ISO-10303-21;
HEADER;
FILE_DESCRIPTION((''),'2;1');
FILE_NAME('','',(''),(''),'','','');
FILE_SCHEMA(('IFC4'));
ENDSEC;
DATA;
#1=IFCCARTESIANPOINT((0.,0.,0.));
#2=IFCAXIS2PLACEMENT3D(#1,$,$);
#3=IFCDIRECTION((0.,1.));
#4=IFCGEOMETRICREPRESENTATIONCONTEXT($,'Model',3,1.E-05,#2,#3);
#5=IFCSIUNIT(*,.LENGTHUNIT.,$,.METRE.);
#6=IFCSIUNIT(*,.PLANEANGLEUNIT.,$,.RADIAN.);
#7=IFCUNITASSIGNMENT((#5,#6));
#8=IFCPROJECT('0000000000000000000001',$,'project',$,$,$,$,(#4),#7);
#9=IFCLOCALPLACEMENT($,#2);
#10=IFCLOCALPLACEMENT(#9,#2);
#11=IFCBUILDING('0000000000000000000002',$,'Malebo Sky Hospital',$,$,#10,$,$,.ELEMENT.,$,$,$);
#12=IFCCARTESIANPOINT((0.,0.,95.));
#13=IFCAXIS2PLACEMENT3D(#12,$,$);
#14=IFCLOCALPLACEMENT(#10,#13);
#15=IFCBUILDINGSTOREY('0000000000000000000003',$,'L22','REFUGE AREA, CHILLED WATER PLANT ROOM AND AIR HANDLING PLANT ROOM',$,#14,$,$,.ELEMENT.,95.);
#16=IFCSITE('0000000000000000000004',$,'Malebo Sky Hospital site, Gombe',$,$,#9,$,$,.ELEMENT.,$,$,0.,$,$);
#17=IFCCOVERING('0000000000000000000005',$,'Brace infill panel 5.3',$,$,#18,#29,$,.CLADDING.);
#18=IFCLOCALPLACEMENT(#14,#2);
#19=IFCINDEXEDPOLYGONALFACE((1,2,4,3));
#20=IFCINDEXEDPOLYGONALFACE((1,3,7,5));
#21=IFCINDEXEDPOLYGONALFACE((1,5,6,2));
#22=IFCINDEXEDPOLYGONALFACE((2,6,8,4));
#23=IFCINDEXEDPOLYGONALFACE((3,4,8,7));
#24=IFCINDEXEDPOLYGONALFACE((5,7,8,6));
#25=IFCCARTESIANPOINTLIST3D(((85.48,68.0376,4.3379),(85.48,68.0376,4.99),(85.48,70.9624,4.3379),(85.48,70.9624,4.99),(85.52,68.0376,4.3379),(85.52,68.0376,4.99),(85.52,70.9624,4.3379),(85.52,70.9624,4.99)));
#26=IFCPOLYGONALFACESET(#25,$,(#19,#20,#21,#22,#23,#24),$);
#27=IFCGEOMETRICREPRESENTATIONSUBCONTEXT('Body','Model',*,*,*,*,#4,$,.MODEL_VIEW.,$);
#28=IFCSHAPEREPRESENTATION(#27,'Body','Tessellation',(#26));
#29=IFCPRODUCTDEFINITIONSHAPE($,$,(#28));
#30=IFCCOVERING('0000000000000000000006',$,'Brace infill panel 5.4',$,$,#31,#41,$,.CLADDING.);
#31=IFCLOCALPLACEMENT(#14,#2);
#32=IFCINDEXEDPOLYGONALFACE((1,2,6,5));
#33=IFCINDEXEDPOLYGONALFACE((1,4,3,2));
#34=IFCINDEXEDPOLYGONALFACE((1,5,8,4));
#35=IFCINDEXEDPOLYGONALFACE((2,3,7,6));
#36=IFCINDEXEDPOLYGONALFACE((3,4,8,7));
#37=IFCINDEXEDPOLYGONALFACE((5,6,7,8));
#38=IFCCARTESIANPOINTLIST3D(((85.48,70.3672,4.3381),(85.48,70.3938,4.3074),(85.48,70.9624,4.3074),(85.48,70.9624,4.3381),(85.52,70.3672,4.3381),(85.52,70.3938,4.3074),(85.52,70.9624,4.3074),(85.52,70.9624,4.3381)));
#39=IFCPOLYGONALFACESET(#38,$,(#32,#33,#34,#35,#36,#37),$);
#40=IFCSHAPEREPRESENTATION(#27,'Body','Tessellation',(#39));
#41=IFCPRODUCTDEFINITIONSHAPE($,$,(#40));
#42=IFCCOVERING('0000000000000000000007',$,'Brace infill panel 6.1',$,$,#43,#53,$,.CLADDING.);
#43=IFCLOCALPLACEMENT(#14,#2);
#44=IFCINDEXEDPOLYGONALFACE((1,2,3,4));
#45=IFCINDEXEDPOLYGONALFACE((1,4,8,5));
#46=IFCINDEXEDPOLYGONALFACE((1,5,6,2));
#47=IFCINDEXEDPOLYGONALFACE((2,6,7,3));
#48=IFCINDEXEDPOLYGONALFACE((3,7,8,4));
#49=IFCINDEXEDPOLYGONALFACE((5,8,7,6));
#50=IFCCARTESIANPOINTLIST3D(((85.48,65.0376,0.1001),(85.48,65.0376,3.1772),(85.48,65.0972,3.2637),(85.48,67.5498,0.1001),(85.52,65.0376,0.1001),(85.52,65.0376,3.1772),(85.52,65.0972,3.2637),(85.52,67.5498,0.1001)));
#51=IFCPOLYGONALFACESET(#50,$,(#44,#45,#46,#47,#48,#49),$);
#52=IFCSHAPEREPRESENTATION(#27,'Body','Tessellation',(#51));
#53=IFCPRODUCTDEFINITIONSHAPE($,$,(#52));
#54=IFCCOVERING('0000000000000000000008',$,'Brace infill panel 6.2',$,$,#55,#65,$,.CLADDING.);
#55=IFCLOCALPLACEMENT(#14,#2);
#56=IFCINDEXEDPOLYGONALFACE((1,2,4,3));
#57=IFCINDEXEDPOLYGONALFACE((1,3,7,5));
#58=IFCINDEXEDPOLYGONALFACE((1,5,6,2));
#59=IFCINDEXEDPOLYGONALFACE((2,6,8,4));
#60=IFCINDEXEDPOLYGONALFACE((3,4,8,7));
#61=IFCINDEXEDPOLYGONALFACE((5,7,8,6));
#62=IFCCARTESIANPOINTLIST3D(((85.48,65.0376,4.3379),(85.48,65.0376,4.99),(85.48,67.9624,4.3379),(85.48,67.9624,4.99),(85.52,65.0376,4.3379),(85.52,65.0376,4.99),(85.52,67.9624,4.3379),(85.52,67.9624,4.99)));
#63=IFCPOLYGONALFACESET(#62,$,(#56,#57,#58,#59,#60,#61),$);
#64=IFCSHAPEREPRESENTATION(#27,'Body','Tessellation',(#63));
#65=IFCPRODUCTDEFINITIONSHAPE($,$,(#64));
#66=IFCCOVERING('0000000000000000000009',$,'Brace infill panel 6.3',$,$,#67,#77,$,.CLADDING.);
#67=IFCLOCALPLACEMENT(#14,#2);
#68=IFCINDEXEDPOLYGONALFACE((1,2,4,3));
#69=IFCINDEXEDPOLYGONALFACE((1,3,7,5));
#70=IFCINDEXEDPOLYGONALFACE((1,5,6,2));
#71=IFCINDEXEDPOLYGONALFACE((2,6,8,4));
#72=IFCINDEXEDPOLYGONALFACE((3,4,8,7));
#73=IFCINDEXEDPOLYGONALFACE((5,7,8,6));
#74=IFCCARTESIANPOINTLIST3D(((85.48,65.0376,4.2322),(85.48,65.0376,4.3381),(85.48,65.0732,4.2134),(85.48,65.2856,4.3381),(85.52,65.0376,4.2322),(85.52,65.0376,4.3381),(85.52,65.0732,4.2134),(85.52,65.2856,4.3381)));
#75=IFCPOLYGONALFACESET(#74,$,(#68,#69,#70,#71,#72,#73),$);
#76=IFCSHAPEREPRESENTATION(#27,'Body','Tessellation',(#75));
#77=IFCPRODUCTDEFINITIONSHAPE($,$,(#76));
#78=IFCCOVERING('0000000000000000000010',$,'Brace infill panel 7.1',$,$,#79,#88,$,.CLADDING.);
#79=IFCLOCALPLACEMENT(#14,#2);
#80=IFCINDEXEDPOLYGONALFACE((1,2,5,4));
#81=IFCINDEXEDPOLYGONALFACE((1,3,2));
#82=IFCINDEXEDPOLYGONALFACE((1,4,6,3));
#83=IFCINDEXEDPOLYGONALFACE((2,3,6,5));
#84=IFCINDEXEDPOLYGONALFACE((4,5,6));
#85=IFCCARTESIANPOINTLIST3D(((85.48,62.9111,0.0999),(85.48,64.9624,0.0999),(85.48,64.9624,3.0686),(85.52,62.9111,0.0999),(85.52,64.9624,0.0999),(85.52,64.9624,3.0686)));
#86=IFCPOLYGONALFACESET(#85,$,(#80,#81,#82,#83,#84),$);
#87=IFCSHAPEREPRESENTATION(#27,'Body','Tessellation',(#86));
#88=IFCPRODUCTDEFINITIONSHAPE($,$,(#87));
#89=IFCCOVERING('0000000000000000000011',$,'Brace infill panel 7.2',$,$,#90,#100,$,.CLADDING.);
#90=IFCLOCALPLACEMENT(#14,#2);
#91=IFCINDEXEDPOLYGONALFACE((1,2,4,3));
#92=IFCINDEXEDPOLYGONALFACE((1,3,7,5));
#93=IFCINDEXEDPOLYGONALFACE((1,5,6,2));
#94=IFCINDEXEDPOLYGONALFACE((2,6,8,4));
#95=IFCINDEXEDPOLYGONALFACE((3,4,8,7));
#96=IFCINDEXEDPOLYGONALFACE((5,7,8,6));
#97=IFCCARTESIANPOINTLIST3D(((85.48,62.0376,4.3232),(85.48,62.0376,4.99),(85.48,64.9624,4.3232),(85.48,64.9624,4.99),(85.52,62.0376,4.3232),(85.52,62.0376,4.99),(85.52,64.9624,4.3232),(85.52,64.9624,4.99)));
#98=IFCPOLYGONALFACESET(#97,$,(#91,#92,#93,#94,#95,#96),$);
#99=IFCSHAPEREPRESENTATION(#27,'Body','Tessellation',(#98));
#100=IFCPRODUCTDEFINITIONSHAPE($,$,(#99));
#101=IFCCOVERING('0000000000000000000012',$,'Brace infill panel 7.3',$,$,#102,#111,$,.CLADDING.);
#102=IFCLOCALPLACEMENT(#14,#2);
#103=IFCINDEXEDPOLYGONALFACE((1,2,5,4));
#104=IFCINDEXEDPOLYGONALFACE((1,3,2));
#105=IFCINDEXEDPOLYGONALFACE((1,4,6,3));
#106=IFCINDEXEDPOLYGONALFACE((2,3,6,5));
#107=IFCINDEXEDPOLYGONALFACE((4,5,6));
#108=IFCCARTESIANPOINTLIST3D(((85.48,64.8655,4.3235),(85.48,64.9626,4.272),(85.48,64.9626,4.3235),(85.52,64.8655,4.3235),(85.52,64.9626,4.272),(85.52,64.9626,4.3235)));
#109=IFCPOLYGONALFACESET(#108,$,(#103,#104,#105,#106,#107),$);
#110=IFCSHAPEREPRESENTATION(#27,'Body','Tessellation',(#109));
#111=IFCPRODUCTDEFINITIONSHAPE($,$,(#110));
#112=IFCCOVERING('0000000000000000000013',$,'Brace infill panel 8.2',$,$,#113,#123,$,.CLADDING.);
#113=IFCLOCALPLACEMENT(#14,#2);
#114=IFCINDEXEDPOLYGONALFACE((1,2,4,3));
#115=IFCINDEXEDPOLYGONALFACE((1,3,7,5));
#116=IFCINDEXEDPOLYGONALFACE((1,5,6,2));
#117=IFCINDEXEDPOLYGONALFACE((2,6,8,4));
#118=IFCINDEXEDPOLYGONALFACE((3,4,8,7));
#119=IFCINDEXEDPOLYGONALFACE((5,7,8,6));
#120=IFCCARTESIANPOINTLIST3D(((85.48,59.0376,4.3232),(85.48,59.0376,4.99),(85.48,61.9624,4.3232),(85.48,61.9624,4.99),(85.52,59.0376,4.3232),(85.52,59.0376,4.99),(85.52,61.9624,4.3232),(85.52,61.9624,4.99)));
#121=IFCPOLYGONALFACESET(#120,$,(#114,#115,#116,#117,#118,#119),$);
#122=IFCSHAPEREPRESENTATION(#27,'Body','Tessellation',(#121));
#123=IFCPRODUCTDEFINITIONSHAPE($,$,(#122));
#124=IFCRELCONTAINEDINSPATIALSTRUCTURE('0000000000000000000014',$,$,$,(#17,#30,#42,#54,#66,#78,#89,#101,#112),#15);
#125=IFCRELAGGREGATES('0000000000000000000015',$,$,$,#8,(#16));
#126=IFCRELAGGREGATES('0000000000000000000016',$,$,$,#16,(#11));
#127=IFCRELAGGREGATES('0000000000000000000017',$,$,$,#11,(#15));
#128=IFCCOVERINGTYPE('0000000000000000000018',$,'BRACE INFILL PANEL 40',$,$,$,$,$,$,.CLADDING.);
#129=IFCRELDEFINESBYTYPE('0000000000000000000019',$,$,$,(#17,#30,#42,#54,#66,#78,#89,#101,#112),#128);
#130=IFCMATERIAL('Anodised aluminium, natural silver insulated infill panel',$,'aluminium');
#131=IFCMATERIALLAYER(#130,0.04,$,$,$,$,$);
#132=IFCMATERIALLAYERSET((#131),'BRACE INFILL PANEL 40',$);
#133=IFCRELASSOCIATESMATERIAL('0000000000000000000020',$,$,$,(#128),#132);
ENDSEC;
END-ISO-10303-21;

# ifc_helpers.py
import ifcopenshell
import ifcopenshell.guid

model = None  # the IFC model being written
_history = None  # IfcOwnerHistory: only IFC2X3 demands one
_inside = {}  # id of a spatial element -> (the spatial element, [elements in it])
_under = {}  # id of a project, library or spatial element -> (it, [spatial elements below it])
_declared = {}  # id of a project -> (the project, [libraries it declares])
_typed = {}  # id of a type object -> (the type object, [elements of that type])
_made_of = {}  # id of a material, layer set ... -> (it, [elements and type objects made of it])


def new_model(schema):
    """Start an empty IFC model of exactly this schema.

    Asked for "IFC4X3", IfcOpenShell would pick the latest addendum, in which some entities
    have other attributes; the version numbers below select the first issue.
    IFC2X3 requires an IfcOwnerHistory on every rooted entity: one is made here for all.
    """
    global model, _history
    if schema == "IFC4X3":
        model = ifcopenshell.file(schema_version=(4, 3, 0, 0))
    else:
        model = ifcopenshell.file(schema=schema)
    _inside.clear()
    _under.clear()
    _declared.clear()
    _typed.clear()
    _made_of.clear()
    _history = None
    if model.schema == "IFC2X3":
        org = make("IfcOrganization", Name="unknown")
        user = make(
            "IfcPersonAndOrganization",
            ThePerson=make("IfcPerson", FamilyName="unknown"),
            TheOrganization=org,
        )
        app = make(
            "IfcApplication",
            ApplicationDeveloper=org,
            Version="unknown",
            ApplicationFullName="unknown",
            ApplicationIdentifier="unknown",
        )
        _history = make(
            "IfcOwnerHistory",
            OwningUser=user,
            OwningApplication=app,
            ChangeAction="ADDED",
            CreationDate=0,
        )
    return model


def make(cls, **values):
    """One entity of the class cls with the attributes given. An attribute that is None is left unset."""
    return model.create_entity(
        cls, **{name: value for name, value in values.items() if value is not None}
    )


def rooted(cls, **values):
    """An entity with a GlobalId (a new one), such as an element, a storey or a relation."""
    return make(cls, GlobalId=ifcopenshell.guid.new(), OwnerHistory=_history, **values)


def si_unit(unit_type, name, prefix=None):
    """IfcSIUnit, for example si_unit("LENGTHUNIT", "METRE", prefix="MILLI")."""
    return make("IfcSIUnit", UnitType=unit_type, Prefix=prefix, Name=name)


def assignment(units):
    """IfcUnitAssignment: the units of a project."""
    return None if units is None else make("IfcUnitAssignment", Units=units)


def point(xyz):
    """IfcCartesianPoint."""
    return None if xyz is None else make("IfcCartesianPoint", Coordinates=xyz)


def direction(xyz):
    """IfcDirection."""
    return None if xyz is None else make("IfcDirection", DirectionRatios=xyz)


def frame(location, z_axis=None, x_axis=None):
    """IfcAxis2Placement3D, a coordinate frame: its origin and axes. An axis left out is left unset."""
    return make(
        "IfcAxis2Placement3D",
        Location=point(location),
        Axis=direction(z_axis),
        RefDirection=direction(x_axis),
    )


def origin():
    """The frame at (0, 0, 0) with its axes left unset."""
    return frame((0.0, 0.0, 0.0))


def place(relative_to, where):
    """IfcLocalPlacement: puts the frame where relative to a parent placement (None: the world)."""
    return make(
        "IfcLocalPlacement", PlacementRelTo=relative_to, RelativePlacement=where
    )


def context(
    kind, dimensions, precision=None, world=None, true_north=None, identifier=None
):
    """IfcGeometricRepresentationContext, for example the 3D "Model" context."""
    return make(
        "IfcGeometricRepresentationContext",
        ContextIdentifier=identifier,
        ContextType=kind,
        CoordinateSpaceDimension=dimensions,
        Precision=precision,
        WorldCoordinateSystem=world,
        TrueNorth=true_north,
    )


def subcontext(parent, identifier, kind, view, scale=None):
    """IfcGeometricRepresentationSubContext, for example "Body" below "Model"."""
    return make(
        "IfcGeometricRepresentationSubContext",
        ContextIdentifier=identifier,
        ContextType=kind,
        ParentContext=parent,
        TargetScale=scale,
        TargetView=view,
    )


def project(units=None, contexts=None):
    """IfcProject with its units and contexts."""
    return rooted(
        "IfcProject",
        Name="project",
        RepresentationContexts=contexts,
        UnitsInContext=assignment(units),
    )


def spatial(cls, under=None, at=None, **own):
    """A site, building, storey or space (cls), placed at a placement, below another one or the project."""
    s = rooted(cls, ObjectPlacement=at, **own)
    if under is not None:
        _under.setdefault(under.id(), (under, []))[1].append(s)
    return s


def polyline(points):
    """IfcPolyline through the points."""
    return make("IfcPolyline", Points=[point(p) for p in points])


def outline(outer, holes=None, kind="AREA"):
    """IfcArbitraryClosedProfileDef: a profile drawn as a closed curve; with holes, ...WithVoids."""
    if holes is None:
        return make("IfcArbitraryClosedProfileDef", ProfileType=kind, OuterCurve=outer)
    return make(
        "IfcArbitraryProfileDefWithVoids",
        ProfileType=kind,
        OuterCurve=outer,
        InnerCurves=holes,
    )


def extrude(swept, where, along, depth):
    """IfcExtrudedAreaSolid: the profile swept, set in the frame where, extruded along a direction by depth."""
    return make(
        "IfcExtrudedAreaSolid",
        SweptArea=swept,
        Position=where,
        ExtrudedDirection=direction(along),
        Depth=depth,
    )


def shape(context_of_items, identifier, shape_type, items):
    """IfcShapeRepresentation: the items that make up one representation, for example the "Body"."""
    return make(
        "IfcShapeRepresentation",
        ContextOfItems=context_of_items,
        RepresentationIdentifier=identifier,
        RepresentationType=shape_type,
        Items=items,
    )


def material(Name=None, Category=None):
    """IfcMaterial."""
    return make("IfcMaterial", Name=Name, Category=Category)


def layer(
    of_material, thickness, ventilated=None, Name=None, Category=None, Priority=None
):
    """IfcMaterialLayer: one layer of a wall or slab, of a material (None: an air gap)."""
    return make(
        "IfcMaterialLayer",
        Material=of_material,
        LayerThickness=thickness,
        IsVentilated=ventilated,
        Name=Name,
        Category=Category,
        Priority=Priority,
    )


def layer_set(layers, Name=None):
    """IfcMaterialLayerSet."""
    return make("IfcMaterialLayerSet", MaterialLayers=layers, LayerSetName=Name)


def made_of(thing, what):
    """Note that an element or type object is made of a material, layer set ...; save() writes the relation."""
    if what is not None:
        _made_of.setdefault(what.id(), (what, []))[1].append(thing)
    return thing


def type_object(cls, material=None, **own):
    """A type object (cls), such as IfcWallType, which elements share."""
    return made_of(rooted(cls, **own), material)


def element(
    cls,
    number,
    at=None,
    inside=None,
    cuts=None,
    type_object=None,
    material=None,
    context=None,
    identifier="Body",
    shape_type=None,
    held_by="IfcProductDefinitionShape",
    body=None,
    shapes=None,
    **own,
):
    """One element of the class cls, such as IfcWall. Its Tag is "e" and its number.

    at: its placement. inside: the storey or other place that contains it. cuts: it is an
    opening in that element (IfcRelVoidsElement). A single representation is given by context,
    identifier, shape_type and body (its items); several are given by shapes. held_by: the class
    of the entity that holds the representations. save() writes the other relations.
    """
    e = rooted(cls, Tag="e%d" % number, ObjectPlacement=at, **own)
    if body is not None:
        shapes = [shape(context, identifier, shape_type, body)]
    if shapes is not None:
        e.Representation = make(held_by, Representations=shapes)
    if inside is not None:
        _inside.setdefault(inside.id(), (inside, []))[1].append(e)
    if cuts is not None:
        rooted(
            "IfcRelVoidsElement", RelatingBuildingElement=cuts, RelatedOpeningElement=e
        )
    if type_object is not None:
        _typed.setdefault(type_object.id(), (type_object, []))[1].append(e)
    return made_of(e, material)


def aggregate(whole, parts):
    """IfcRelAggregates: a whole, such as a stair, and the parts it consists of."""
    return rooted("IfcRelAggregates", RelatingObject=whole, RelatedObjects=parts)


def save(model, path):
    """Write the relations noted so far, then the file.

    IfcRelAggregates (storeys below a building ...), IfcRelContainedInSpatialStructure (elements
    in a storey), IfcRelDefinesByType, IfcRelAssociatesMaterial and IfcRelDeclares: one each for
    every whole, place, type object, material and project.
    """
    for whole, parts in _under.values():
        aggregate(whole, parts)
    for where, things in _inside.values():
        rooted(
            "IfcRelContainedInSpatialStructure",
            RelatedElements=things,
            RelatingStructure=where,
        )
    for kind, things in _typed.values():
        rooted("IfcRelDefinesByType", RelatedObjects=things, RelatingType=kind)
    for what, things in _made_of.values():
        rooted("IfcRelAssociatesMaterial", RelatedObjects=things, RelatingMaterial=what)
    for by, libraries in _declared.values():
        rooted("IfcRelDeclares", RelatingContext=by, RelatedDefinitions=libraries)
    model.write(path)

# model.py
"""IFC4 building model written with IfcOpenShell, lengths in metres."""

from ifc_helpers import new_model, si_unit, direction, frame, origin, place, context, subcontext, project, spatial, polyline, outline, extrude, material, layer, layer_set, type_object, element, save


model = new_model("IFC4")

# Units and contexts
model_context = context("Model", 3, precision=1e-05, world=origin(), true_north=direction((0.0, 1.0)))
body_context = subcontext(model_context, "Body", "Model", "MODEL_VIEW")
ifc_project = project(units=[si_unit("LENGTHUNIT", "METRE"), si_unit("PLANEANGLEUNIT", "RADIAN")], contexts=[model_context])

# Site, building, storey
site_placement = place(None, origin())
site = spatial("IfcSite", under=ifc_project, at=site_placement, Name="Malebo Sky Hospital site, Gombe", CompositionType="ELEMENT", RefElevation=0.0)
building_placement = place(site_placement, origin())
building = spatial("IfcBuilding", under=site, at=building_placement, Name="Malebo Sky Hospital", CompositionType="ELEMENT")
storey_placement = place(building_placement, frame((0.0, 0.0, 95.0)))
storey = spatial("IfcBuildingStorey", under=building, at=storey_placement, Name="L22", Description="REFUGE AREA, CHILLED WATER PLANT ROOM AND AIR HANDLING PLANT ROOM", CompositionType="ELEMENT", Elevation=95.0)

# Coverings
ifc_material_1 = material(Name="Anodised aluminium, natural silver insulated infill panel", Category="aluminium")
ifc_layer_1 = layer(ifc_material_1, 0.04)
ifc_layer_set_1 = layer_set([ifc_layer_1], Name="BRACE INFILL PANEL 40")
covering_type = type_object("IfcCoveringType", Name="BRACE INFILL PANEL 40", PredefinedType="CLADDING", material=ifc_layer_set_1)
covering_1_placement = place(storey_placement, frame((85.5, 69.5, 4.3379), z_axis=(0.0, 0.0, 1.0), x_axis=(0.0, -1.0, 0.0)))
element("IfcCovering", 1, at=covering_1_placement, inside=storey, type_object=covering_type, Name="Brace infill panel 5.3", PredefinedType="CLADDING", context=body_context, shape_type="SweptSolid", body=[
    extrude(outline(polyline([(-1.4624, 0.0), (1.4624, 0.0), (1.4624, 0.6521), (-1.4624, 0.6521), (-1.4624, 0.0)])), frame((0.0, 0.02, 0.0), z_axis=(0.0, -1.0, 0.0), x_axis=(1.0, 0.0, 0.0)), (0.0, 0.0, 1.0), 0.04),
])
covering_2_placement = place(storey_placement, frame((85.5, 70.6648, 4.3074), z_axis=(0.0, 0.0, 1.0), x_axis=(0.0, -1.0, 0.0)))
element("IfcCovering", 2, at=covering_2_placement, inside=storey, type_object=covering_type, Name="Brace infill panel 5.4", PredefinedType="CLADDING", context=body_context, shape_type="SweptSolid", body=[
    extrude(outline(polyline([(-0.2976, 0.0), (0.271, 0.0), (0.2976, 0.0308), (-0.2976, 0.0308), (-0.2976, 0.0)])), frame((0.0, 0.02, 0.0), z_axis=(0.0, -1.0, 0.0), x_axis=(1.0, 0.0, 0.0)), (0.0, 0.0, 1.0), 0.04),
])
covering_3_placement = place(storey_placement, frame((85.5, 66.2937, 0.1001), z_axis=(0.0, 0.0, 1.0), x_axis=(0.0, -1.0, 0.0)))
element("IfcCovering", 3, at=covering_3_placement, inside=storey, type_object=covering_type, Name="Brace infill panel 6.1", PredefinedType="CLADDING", context=body_context, shape_type="SweptSolid", body=[
    extrude(outline(polyline([(-1.2561, 0.0), (1.2561, 0.0), (1.2561, 3.0771), (1.1965, 3.1636), (-1.2561, 0.0)])), frame((0.0, 0.02, 0.0), z_axis=(0.0, -1.0, 0.0), x_axis=(1.0, 0.0, 0.0)), (0.0, 0.0, 1.0), 0.04),
])
covering_4_placement = place(storey_placement, frame((85.5, 66.5, 4.3379), z_axis=(0.0, 0.0, 1.0), x_axis=(0.0, -1.0, 0.0)))
element("IfcCovering", 4, at=covering_4_placement, inside=storey, type_object=covering_type, Name="Brace infill panel 6.2", PredefinedType="CLADDING", context=body_context, shape_type="SweptSolid", body=[
    extrude(outline(polyline([(-1.4624, 0.0), (1.4624, 0.0), (1.4624, 0.6521), (-1.4624, 0.6521), (-1.4624, 0.0)])), frame((0.0, 0.02, 0.0), z_axis=(0.0, -1.0, 0.0), x_axis=(1.0, 0.0, 0.0)), (0.0, 0.0, 1.0), 0.04),
])
covering_5_placement = place(storey_placement, frame((85.5, 65.1616, 4.2134), z_axis=(0.0, 0.0, 1.0), x_axis=(0.0, -1.0, 0.0)))
element("IfcCovering", 5, at=covering_5_placement, inside=storey, type_object=covering_type, Name="Brace infill panel 6.3", PredefinedType="CLADDING", context=body_context, shape_type="SweptSolid", body=[
    extrude(outline(polyline([(0.0884, 0.0), (0.124, 0.0188), (0.124, 0.1248), (-0.124, 0.1248), (0.0884, 0.0)])), frame((0.0, 0.02, 0.0), z_axis=(0.0, -1.0, 0.0), x_axis=(1.0, 0.0, 0.0)), (0.0, 0.0, 1.0), 0.04),
])
covering_6_placement = place(storey_placement, frame((85.5, 63.9368, 0.0999), z_axis=(0.0, 0.0, 1.0), x_axis=(0.0, -1.0, 0.0)))
element("IfcCovering", 6, at=covering_6_placement, inside=storey, type_object=covering_type, Name="Brace infill panel 7.1", PredefinedType="CLADDING", context=body_context, shape_type="SweptSolid", body=[
    extrude(outline(polyline([(-1.0256, 0.0), (1.0256, 0.0), (-1.0256, 2.9688), (-1.0256, 0.0)])), frame((0.0, 0.02, 0.0), z_axis=(0.0, -1.0, 0.0), x_axis=(1.0, 0.0, 0.0)), (0.0, 0.0, 1.0), 0.04),
])
covering_7_placement = place(storey_placement, frame((85.5, 63.5, 4.3232), z_axis=(0.0, 0.0, 1.0), x_axis=(0.0, -1.0, 0.0)))
element("IfcCovering", 7, at=covering_7_placement, inside=storey, type_object=covering_type, Name="Brace infill panel 7.2", PredefinedType="CLADDING", context=body_context, shape_type="SweptSolid", body=[
    extrude(outline(polyline([(-1.4624, 0.0), (1.4624, 0.0), (1.4624, 0.6667), (-1.4624, 0.6667), (-1.4624, 0.0)])), frame((0.0, 0.02, 0.0), z_axis=(0.0, -1.0, 0.0), x_axis=(1.0, 0.0, 0.0)), (0.0, 0.0, 1.0), 0.04),
])
covering_8_placement = place(storey_placement, frame((85.5, 64.9141, 4.272), z_axis=(0.0, 0.0, 1.0), x_axis=(0.0, -1.0, 0.0)))
element("IfcCovering", 8, at=covering_8_placement, inside=storey, type_object=covering_type, Name="Brace infill panel 7.3", PredefinedType="CLADDING", context=body_context, shape_type="SweptSolid", body=[
    extrude(outline(polyline([(-0.0486, 0.0), (0.0486, 0.0515), (-0.0486, 0.0515), (-0.0486, 0.0)])), frame((0.0, 0.02, 0.0), z_axis=(0.0, -1.0, 0.0), x_axis=(1.0, 0.0, 0.0)), (0.0, 0.0, 1.0), 0.04),
])
covering_9_placement = place(storey_placement, frame((85.5, 60.5, 4.3232), z_axis=(0.0, 0.0, 1.0), x_axis=(0.0, -1.0, 0.0)))
element("IfcCovering", 9, at=covering_9_placement, inside=storey, type_object=covering_type, Name="Brace infill panel 8.2", PredefinedType="CLADDING", context=body_context, shape_type="SweptSolid", body=[
    extrude(outline(polyline([(-1.4624, 0.0), (1.4624, 0.0), (1.4624, 0.6667), (-1.4624, 0.6667), (-1.4624, 0.0)])), frame((0.0, 0.02, 0.0), z_axis=(0.0, -1.0, 0.0), x_axis=(1.0, 0.0, 0.0)), (0.0, 0.0, 1.0), 0.04),
])

save(model, "model.ifc")
